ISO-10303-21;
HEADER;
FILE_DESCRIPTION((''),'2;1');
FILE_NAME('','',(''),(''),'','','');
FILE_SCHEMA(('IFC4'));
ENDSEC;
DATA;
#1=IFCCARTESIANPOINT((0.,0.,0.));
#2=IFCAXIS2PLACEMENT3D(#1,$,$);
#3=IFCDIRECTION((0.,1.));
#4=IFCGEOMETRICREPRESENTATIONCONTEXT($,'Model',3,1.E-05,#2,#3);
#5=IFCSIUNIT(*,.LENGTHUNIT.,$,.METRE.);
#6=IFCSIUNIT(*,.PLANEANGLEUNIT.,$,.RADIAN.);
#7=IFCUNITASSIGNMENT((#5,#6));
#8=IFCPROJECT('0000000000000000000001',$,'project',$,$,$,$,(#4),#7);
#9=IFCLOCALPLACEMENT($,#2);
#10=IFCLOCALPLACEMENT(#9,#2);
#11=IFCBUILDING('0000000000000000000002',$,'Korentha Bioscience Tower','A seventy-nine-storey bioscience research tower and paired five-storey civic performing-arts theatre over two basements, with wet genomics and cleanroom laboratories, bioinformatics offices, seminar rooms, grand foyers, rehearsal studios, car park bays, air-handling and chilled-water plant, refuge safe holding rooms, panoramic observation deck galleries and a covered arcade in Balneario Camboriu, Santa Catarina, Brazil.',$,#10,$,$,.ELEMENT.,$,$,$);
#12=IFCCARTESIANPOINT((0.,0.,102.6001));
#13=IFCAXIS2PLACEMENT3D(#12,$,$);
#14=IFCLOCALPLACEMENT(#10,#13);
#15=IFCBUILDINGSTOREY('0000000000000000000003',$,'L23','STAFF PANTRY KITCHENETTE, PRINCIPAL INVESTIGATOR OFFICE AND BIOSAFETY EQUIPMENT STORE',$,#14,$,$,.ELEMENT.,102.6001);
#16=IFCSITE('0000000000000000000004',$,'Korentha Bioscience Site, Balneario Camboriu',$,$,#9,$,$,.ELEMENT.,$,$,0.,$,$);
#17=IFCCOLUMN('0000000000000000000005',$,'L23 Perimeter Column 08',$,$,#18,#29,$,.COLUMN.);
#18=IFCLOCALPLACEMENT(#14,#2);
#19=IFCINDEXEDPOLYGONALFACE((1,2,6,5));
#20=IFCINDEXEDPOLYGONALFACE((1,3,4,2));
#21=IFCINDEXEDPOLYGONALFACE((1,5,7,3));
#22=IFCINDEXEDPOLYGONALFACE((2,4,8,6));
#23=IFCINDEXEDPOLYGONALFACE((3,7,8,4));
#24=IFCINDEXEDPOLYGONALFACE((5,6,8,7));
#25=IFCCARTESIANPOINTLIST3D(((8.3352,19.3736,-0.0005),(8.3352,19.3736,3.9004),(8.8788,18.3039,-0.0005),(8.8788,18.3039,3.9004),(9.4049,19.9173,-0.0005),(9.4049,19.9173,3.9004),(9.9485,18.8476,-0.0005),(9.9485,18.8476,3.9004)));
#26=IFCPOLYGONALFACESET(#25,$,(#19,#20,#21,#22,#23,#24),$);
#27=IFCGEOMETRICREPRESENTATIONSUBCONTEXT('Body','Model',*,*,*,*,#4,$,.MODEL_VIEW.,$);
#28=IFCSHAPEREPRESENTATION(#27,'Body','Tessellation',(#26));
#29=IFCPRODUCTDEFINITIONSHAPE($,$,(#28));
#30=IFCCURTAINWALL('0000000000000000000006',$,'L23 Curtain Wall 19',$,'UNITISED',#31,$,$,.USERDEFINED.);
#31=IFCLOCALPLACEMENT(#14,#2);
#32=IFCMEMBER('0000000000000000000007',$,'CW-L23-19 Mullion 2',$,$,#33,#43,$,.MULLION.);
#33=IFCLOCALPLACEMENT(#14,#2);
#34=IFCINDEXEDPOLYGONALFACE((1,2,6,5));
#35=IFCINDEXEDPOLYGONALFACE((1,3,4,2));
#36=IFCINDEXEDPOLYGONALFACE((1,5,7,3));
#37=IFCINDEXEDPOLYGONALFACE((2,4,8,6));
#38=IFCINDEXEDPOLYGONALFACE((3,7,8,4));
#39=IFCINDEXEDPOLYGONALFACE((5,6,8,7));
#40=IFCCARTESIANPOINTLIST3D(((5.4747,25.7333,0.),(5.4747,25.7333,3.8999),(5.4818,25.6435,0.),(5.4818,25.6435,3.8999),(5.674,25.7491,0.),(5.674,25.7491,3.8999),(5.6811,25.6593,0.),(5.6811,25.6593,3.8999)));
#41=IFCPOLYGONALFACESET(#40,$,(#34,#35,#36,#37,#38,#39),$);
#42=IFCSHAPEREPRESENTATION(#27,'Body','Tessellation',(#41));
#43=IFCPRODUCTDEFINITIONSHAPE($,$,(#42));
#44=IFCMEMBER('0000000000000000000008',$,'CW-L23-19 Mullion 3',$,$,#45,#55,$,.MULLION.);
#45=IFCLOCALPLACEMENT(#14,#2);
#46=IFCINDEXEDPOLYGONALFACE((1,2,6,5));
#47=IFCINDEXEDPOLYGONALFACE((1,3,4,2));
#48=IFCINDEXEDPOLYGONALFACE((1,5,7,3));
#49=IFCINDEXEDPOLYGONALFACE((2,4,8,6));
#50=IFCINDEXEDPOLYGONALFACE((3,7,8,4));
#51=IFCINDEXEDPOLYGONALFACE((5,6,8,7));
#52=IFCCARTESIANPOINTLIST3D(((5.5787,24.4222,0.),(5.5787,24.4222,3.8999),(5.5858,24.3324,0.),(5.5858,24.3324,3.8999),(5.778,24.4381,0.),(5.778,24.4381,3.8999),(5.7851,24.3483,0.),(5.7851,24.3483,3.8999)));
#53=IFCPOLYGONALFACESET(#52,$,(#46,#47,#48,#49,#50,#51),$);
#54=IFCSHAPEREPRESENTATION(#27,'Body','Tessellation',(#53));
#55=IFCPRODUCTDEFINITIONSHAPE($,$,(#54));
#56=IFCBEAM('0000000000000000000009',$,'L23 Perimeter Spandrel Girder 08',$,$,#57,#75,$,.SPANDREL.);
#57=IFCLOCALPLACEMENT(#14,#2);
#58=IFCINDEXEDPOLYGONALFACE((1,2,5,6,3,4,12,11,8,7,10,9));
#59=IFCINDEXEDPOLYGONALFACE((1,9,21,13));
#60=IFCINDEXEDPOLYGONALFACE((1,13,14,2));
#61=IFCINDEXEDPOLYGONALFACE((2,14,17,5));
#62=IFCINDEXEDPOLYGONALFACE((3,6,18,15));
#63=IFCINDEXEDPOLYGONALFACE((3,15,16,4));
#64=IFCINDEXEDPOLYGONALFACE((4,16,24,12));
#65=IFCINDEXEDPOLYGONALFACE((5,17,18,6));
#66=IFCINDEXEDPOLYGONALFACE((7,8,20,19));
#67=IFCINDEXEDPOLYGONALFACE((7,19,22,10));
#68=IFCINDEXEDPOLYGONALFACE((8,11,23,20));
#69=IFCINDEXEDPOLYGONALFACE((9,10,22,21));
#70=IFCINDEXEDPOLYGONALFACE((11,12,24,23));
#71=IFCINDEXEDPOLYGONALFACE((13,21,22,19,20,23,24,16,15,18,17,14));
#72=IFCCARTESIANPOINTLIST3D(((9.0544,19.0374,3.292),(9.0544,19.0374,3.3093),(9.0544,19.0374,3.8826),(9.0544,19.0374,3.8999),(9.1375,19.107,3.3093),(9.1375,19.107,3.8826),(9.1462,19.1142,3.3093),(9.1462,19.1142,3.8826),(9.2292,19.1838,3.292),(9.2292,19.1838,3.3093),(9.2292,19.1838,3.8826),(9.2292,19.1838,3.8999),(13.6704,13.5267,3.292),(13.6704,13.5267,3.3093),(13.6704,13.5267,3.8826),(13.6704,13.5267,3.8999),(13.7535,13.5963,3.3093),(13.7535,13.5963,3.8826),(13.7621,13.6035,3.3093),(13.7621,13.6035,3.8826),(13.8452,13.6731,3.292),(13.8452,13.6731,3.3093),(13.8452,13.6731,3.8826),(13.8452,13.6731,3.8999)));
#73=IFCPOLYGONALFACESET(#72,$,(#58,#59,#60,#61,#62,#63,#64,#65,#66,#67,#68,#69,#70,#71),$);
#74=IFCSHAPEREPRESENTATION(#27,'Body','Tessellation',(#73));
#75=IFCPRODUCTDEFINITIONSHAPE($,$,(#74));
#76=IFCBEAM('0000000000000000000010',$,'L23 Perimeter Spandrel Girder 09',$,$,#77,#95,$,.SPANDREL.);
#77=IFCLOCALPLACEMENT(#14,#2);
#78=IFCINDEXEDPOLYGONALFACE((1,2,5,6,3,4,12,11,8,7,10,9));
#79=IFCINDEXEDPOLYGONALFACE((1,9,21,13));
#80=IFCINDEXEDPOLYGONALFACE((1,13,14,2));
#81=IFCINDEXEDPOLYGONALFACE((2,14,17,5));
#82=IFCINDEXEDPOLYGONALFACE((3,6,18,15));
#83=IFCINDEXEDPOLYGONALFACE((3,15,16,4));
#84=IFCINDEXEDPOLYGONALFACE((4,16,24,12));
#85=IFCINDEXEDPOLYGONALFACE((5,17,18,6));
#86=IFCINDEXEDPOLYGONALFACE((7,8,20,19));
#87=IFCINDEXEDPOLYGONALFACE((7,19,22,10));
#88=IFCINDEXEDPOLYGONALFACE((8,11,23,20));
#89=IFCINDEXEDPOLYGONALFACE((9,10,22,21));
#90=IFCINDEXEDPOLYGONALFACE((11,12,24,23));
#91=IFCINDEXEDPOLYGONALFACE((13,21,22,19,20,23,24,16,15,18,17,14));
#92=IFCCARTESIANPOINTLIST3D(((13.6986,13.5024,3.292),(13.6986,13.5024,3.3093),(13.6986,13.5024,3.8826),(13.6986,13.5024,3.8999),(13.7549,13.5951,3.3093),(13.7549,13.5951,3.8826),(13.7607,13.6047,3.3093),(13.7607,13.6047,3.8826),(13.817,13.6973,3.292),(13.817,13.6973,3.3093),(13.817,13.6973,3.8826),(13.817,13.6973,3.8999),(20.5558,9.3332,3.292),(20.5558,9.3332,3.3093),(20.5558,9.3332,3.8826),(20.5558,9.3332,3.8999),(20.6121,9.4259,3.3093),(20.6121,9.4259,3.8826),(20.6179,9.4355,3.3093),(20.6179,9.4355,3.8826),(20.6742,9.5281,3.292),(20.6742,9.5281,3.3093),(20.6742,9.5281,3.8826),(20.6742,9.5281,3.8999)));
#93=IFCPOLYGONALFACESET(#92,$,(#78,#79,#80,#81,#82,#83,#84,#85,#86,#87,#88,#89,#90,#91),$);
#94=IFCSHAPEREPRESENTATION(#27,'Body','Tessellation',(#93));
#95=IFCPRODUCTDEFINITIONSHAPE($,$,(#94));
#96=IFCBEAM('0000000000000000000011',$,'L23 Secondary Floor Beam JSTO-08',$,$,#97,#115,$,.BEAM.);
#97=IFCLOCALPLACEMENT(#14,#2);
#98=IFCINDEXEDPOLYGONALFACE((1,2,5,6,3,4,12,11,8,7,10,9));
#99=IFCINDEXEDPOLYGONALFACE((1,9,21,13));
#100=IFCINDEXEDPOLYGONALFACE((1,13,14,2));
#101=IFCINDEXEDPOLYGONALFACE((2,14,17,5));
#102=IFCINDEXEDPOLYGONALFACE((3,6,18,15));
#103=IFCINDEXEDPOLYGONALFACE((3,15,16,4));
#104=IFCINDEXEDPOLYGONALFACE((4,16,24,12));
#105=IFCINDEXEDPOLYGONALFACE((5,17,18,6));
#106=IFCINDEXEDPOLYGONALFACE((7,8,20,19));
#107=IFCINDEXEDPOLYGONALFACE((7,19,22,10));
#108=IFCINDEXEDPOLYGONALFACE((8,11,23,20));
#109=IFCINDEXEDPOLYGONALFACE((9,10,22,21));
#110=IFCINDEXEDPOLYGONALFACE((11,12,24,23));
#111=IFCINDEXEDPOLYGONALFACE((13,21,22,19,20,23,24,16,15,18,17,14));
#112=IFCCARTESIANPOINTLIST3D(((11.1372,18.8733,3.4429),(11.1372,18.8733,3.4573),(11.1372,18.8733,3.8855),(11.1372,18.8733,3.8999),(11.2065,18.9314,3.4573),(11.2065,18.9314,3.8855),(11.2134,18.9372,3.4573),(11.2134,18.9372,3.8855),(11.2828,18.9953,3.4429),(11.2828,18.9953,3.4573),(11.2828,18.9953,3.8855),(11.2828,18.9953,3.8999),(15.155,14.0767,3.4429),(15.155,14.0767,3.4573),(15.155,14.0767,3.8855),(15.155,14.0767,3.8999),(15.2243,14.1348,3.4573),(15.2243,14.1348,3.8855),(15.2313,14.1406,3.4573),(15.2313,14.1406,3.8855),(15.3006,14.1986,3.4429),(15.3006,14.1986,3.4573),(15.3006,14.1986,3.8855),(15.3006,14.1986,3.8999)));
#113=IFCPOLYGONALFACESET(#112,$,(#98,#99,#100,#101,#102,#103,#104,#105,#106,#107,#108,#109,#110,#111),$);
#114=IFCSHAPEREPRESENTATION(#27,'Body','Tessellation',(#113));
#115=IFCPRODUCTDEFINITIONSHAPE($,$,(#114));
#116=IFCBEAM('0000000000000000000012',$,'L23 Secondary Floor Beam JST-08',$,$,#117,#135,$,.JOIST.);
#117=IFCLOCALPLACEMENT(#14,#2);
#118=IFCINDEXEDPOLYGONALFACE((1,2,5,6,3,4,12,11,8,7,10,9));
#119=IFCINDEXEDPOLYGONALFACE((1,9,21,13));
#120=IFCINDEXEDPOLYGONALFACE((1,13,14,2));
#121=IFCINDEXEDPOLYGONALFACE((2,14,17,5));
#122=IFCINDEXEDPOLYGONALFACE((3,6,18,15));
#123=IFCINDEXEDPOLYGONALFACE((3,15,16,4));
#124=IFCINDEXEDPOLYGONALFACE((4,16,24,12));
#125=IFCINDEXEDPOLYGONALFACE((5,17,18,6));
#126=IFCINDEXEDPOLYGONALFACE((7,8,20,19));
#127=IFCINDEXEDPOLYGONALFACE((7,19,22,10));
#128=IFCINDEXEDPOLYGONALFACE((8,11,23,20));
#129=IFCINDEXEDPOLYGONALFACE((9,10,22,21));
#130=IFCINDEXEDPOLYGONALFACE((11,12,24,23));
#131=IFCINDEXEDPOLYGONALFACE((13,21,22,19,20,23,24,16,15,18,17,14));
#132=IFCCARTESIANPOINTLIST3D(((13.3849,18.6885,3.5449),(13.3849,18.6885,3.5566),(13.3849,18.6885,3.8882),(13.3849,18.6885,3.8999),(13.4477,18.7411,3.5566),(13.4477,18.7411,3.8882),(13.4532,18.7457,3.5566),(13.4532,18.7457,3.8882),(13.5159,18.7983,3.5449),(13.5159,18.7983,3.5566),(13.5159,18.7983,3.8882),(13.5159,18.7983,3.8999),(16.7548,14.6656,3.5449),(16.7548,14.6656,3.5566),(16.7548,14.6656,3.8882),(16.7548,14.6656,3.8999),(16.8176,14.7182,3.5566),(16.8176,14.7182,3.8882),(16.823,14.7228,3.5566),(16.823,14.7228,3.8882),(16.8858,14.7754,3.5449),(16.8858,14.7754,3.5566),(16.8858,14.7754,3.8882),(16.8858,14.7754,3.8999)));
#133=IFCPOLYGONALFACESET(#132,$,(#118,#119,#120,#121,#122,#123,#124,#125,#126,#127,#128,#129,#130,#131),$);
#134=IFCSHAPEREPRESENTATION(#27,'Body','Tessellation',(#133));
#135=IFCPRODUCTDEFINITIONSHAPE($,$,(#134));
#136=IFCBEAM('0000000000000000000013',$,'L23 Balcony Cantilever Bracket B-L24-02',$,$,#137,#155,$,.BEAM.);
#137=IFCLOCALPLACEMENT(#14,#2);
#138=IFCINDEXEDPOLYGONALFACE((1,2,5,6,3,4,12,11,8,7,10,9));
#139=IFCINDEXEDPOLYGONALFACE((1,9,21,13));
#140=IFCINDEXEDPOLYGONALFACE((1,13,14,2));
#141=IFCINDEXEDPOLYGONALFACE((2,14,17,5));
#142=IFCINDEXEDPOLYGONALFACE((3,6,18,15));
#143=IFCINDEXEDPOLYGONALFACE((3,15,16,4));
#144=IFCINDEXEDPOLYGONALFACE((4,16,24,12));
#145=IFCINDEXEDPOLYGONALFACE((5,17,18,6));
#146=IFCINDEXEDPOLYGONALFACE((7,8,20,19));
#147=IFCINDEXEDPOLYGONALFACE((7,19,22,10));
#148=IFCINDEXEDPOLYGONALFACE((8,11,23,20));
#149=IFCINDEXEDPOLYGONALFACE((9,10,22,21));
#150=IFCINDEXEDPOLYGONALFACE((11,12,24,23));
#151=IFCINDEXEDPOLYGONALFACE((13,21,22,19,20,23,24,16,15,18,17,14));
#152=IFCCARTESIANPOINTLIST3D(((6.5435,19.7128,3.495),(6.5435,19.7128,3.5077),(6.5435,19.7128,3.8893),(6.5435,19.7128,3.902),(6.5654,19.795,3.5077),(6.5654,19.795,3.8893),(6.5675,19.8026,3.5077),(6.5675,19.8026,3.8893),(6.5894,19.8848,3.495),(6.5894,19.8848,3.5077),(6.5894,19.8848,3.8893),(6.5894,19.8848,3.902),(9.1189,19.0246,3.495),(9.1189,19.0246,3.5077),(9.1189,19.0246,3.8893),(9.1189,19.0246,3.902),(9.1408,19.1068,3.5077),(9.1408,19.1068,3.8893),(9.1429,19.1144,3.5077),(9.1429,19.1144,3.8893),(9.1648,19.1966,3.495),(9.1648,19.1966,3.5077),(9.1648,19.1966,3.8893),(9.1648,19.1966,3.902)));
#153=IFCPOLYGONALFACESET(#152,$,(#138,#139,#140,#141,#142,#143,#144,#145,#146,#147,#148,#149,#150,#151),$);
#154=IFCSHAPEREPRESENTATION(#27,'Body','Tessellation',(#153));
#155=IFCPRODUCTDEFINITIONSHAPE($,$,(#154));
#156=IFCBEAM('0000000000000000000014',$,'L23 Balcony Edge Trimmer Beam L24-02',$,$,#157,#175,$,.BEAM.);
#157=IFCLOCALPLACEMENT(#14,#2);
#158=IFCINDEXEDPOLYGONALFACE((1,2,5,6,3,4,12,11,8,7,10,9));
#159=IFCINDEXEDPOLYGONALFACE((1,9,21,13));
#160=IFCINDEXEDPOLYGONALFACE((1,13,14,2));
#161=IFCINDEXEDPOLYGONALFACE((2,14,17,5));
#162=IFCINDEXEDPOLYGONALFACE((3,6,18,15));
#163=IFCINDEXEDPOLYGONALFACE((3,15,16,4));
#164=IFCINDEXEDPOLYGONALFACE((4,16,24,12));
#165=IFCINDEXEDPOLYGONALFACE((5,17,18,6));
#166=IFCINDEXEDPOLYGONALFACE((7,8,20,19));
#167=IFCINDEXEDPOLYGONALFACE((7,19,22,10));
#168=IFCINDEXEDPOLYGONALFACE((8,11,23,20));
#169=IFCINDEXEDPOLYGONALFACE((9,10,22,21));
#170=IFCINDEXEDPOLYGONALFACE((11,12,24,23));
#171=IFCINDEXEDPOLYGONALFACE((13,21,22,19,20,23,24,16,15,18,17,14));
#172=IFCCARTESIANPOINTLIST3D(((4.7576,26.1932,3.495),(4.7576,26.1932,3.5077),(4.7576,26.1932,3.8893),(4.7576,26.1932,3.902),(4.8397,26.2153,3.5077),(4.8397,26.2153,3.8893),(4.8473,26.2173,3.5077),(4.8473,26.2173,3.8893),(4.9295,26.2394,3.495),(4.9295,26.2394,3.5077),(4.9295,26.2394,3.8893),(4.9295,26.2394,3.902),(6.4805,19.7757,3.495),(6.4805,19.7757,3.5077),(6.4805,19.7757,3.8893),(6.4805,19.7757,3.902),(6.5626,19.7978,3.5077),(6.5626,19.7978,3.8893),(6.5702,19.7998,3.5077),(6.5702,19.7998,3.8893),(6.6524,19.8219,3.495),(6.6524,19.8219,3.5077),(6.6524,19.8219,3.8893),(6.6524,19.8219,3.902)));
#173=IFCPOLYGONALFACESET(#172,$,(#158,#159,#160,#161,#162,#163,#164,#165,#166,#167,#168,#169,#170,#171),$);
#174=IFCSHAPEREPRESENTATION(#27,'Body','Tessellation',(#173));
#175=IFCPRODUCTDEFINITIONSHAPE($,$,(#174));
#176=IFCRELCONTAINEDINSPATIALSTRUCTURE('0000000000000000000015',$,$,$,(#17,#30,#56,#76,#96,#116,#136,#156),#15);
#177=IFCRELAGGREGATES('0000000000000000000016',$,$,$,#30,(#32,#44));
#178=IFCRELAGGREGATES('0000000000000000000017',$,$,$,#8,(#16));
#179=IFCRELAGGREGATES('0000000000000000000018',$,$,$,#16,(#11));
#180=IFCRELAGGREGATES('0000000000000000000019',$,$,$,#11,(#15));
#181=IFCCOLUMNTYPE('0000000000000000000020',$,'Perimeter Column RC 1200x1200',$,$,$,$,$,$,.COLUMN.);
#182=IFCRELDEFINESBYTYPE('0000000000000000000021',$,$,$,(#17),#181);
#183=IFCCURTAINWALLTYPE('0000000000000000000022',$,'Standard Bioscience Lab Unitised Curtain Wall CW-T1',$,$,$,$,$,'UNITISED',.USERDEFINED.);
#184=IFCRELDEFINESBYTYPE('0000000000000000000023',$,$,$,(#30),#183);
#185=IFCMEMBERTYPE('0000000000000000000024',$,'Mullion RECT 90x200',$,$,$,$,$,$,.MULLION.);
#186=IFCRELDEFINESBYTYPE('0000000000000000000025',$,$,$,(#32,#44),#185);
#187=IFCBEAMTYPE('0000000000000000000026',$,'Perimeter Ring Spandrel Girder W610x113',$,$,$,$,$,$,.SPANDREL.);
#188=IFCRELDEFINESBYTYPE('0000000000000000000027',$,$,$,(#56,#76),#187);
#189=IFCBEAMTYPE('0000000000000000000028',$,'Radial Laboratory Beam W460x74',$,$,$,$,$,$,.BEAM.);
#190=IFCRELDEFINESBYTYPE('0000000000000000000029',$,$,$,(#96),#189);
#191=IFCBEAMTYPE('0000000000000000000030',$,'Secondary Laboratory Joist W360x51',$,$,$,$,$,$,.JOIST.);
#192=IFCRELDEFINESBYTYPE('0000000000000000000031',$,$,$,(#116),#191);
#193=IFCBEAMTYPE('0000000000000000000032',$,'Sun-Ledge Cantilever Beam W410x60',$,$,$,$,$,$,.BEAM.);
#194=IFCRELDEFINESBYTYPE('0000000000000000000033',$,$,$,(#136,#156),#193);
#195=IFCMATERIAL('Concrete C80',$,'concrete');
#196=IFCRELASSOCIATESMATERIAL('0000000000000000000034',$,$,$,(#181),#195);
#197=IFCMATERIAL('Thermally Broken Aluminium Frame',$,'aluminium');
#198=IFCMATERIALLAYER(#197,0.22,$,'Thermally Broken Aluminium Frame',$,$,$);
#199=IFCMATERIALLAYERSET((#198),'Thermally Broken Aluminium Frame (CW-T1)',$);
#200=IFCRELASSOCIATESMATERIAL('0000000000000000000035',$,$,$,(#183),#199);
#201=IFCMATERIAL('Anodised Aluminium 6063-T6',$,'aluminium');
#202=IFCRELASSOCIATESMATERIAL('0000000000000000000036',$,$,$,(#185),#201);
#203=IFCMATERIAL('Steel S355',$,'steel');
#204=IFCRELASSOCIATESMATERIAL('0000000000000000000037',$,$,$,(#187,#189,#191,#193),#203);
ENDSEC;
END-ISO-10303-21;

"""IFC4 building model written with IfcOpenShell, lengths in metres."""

from ifc_helpers import new_model, si_unit, direction, frame, origin, origin_2d, place, context, subcontext, project, spatial, rectangle, i_section, extrude, material, layer, layer_set, material_profile, profile_set, type_object, element, aggregate, save


model = new_model("IFC4")

# Units and contexts
model_context = context("Model", 3, precision=1e-05, world=origin(), true_north=direction((0.0, 1.0)))
body_context = subcontext(model_context, "Body", "Model", "MODEL_VIEW")
ifc_project = project(units=[si_unit("LENGTHUNIT", "METRE"), si_unit("PLANEANGLEUNIT", "RADIAN")], contexts=[model_context])

# Site, building, storey
site_placement = place(None, origin())
site = spatial("IfcSite", under=ifc_project, at=site_placement, Name="Korentha Bioscience Site, Balneario Camboriu", CompositionType="ELEMENT", RefElevation=0.0)
building_placement = place(site_placement, origin())
building = spatial("IfcBuilding", under=site, at=building_placement, Name="Korentha Bioscience Tower", Description="A seventy-nine-storey bioscience research tower and paired five-storey civic performing-arts theatre over two basements, with wet genomics and cleanroom laboratories, bioinformatics offices, seminar rooms, grand foyers, rehearsal studios, car park bays, air-handling and chilled-water plant, refuge safe holding rooms, panoramic observation deck galleries and a covered arcade in Balneario Camboriu, Santa Catarina, Brazil.", CompositionType="ELEMENT")
storey_placement = place(building_placement, frame((0.0, 0.0, 102.6001)))
storey = spatial("IfcBuildingStorey", under=building, at=storey_placement, Name="L23", Description="STAFF PANTRY KITCHENETTE, PRINCIPAL INVESTIGATOR OFFICE AND BIOSAFETY EQUIPMENT STORE", CompositionType="ELEMENT", Elevation=102.6001)

# Column
ifc_material_1 = material(Name="Concrete C80", Category="concrete")
ifc_material_profile_1 = material_profile(ifc_material_1, rectangle(XDim=1.2, YDim=1.2, at=origin_2d()), Name="Concrete C80")
ifc_profile_set_1 = profile_set([ifc_material_profile_1], Name="Concrete C80 (COL-P12)")
column_type = type_object("IfcColumnType", Name="Perimeter Column RC 1200x1200", PredefinedType="COLUMN", material=ifc_profile_set_1)
column_placement = place(storey_placement, frame((9.1418, 19.1106, -0.0005), z_axis=(0.0, 0.0, 1.0), x_axis=(-0.453057, 0.891481, 0.0)))
element("IfcColumn", 1, at=column_placement, inside=storey, type_object=column_type, Name="L23 Perimeter Column 08", PredefinedType="COLUMN", context=body_context, shape_type="SweptSolid", body=[
    extrude(rectangle(XDim=1.2, YDim=1.2, at=origin_2d()), origin(), (0.0, 0.0, 1.0), 3.9009),
])

# Curtain wall, members
ifc_material_2 = material(Name="Thermally Broken Aluminium Frame", Category="aluminium")
ifc_layer_1 = layer(ifc_material_2, 0.22, Name="Thermally Broken Aluminium Frame")
ifc_layer_set_1 = layer_set([ifc_layer_1], Name="Thermally Broken Aluminium Frame (CW-T1)")
curtain_wall_type = type_object("IfcCurtainWallType", Name="Standard Bioscience Lab Unitised Curtain Wall CW-T1", ElementType="UNITISED", PredefinedType="USERDEFINED", material=ifc_layer_set_1)
curtain_wall_placement = place(storey_placement, origin())
curtain_wall = element("IfcCurtainWall", 2, at=curtain_wall_placement, inside=storey, type_object=curtain_wall_type, Name="L23 Curtain Wall 19", ObjectType="UNITISED", PredefinedType="USERDEFINED")
ifc_material_3 = material(Name="Anodised Aluminium 6063-T6", Category="aluminium")
ifc_material_profile_2 = material_profile(ifc_material_3, rectangle(XDim=0.0901, YDim=0.2, at=origin_2d()), Name="Anodised Aluminium 6063-T6")
ifc_profile_set_2 = profile_set([ifc_material_profile_2], Name="Anodised Aluminium 6063-T6 (CW-MUL)")
member_type_1 = type_object("IfcMemberType", Name="Mullion RECT 90x200", PredefinedType="MULLION", material=ifc_profile_set_2)
member_1_placement = place(storey_placement, frame((5.5779, 25.6963, 0.0), z_axis=(0.0, 0.0, 1.0), x_axis=(0.07913, -0.996864, 0.0)))
member_1 = element("IfcMember", 3, at=member_1_placement, type_object=member_type_1, Name="CW-L23-19 Mullion 2", PredefinedType="MULLION", context=body_context, shape_type="SweptSolid", body=[
    extrude(rectangle(XDim=0.0901, YDim=0.2, at=origin_2d()), origin(), (0.0, 0.0, 1.0), 3.8999),
])
member_2_placement = place(storey_placement, frame((5.6819, 24.3853, 0.0), z_axis=(0.0, 0.0, 1.0), x_axis=(0.07913, -0.996864, 0.0)))
member_2 = element("IfcMember", 4, at=member_2_placement, type_object=member_type_1, Name="CW-L23-19 Mullion 3", PredefinedType="MULLION", context=body_context, shape_type="SweptSolid", body=[
    extrude(rectangle(XDim=0.0901, YDim=0.2, at=origin_2d()), origin(), (0.0, 0.0, 1.0), 3.8999),
])

# Beams
ifc_material_4 = material(Name="Steel S355", Category="steel")
ifc_material_profile_3 = material_profile(ifc_material_4, i_section(OverallWidth=0.228, OverallDepth=0.6079, WebThickness=0.0112, FlangeThickness=0.0173, at=origin_2d()), Name="Steel S355")
ifc_profile_set_3 = profile_set([ifc_material_profile_3], Name="Steel S355 (SB-610)")
beam_type_1 = type_object("IfcBeamType", Name="Perimeter Ring Spandrel Girder W610x113", PredefinedType="SPANDREL", material=ifc_profile_set_3)
beam_1_placement = place(storey_placement, frame((9.1418, 19.1106, 3.5959), z_axis=(0.642127, -0.766599, 0.0), x_axis=(0.766599, 0.642127, 0.0)))
element("IfcBeam", 5, at=beam_1_placement, inside=storey, type_object=beam_type_1, Name="L23 Perimeter Spandrel Girder 08", PredefinedType="SPANDREL", context=body_context, shape_type="SweptSolid", body=[
    extrude(i_section(OverallWidth=0.228, OverallDepth=0.6079, WebThickness=0.0112, FlangeThickness=0.0173, at=origin_2d()), origin(), (0.0, 0.0, 1.0), 7.1885),
])
beam_2_placement = place(storey_placement, frame((13.7578, 13.5999, 3.5959), z_axis=(0.854461, -0.519515, 0.0), x_axis=(0.519515, 0.854461, 0.0)))
element("IfcBeam", 6, at=beam_2_placement, inside=storey, type_object=beam_type_1, Name="L23 Perimeter Spandrel Girder 09", PredefinedType="SPANDREL", context=body_context, shape_type="SweptSolid", body=[
    extrude(i_section(OverallWidth=0.228, OverallDepth=0.6079, WebThickness=0.0112, FlangeThickness=0.0173, at=origin_2d()), origin(), (0.0, 0.0, 1.0), 8.0251),
])
ifc_material_profile_4 = material_profile(ifc_material_4, i_section(OverallWidth=0.1899, OverallDepth=0.457, WebThickness=0.009, FlangeThickness=0.0144, at=origin_2d()), Name="Steel S355")
ifc_profile_set_4 = profile_set([ifc_material_profile_4], Name="Steel S355 (RB-460)")
beam_type_2 = type_object("IfcBeamType", Name="Radial Laboratory Beam W460x74", PredefinedType="BEAM", material=ifc_profile_set_4)
beam_3_placement = place(storey_placement, frame((11.21, 18.9343, 3.6714), z_axis=(0.642128, -0.766597, 0.0), x_axis=(0.766597, 0.642128, 0.0)))
element("IfcBeam", 7, at=beam_3_placement, inside=storey, type_object=beam_type_2, Name="L23 Secondary Floor Beam JSTO-08", PredefinedType="BEAM", context=body_context, shape_type="SweptSolid", body=[
    extrude(i_section(OverallWidth=0.1899, OverallDepth=0.457, WebThickness=0.009, FlangeThickness=0.0144, at=origin_2d()), origin(), (0.0, 0.0, 1.0), 6.2571),
])
ifc_material_profile_5 = material_profile(ifc_material_4, i_section(OverallWidth=0.1709, OverallDepth=0.355, WebThickness=0.0071, FlangeThickness=0.0117, at=origin_2d()), Name="Steel S355")
ifc_profile_set_5 = profile_set([ifc_material_profile_5], Name="Steel S355 (JB-360)")
beam_type_3 = type_object("IfcBeamType", Name="Secondary Laboratory Joist W360x51", PredefinedType="JOIST", material=ifc_profile_set_5)
beam_4_placement = place(storey_placement, frame((13.4504, 18.7434, 3.7224), z_axis=(0.642141, -0.766587, 0.0), x_axis=(0.766587, 0.642141, 0.0)))
element("IfcBeam", 8, at=beam_4_placement, inside=storey, type_object=beam_type_3, Name="L23 Secondary Floor Beam JST-08", PredefinedType="JOIST", context=body_context, shape_type="SweptSolid", body=[
    extrude(i_section(OverallWidth=0.1709, OverallDepth=0.355, WebThickness=0.0071, FlangeThickness=0.0117, at=origin_2d()), origin(), (0.0, 0.0, 1.0), 5.2478),
])
ifc_material_profile_6 = material_profile(ifc_material_4, i_section(OverallWidth=0.178, OverallDepth=0.407, WebThickness=0.0078, FlangeThickness=0.0127, at=origin_2d()), Name="Steel S355")
ifc_profile_set_6 = profile_set([ifc_material_profile_6], Name="Steel S355 (CB-410)")
beam_type_4 = type_object("IfcBeamType", Name="Sun-Ledge Cantilever Beam W410x60", PredefinedType="BEAM", material=ifc_profile_set_6)
beam_5_placement = place(storey_placement, frame((9.1418, 19.1106, 3.6985), z_axis=(-0.9661, 0.25817, 0.0), x_axis=(-0.25817, -0.9661, 0.0)))
element("IfcBeam", 9, at=beam_5_placement, inside=storey, type_object=beam_type_4, Name="L23 Balcony Cantilever Bracket B-L24-02", PredefinedType="BEAM", context=body_context, shape_type="SweptSolid", body=[
    extrude(i_section(OverallWidth=0.178, OverallDepth=0.407, WebThickness=0.0078, FlangeThickness=0.0127, at=origin_2d()), origin(), (0.0, 0.0, 1.0), 2.6658),
])
beam_6_placement = place(storey_placement, frame((4.8435, 26.2163, 3.6985), z_axis=(0.259288, -0.9658, 0.0), x_axis=(0.9658, 0.259288, 0.0)))
element("IfcBeam", 10, at=beam_6_placement, inside=storey, type_object=beam_type_4, Name="L23 Balcony Edge Trimmer Beam L24-02", PredefinedType="BEAM", context=body_context, shape_type="SweptSolid", body=[
    extrude(i_section(OverallWidth=0.178, OverallDepth=0.407, WebThickness=0.0078, FlangeThickness=0.0127, at=origin_2d()), origin(), (0.0, 0.0, 1.0), 6.6448),
])

aggregate(curtain_wall, [member_1, member_2])

save(model, "model.ifc")
